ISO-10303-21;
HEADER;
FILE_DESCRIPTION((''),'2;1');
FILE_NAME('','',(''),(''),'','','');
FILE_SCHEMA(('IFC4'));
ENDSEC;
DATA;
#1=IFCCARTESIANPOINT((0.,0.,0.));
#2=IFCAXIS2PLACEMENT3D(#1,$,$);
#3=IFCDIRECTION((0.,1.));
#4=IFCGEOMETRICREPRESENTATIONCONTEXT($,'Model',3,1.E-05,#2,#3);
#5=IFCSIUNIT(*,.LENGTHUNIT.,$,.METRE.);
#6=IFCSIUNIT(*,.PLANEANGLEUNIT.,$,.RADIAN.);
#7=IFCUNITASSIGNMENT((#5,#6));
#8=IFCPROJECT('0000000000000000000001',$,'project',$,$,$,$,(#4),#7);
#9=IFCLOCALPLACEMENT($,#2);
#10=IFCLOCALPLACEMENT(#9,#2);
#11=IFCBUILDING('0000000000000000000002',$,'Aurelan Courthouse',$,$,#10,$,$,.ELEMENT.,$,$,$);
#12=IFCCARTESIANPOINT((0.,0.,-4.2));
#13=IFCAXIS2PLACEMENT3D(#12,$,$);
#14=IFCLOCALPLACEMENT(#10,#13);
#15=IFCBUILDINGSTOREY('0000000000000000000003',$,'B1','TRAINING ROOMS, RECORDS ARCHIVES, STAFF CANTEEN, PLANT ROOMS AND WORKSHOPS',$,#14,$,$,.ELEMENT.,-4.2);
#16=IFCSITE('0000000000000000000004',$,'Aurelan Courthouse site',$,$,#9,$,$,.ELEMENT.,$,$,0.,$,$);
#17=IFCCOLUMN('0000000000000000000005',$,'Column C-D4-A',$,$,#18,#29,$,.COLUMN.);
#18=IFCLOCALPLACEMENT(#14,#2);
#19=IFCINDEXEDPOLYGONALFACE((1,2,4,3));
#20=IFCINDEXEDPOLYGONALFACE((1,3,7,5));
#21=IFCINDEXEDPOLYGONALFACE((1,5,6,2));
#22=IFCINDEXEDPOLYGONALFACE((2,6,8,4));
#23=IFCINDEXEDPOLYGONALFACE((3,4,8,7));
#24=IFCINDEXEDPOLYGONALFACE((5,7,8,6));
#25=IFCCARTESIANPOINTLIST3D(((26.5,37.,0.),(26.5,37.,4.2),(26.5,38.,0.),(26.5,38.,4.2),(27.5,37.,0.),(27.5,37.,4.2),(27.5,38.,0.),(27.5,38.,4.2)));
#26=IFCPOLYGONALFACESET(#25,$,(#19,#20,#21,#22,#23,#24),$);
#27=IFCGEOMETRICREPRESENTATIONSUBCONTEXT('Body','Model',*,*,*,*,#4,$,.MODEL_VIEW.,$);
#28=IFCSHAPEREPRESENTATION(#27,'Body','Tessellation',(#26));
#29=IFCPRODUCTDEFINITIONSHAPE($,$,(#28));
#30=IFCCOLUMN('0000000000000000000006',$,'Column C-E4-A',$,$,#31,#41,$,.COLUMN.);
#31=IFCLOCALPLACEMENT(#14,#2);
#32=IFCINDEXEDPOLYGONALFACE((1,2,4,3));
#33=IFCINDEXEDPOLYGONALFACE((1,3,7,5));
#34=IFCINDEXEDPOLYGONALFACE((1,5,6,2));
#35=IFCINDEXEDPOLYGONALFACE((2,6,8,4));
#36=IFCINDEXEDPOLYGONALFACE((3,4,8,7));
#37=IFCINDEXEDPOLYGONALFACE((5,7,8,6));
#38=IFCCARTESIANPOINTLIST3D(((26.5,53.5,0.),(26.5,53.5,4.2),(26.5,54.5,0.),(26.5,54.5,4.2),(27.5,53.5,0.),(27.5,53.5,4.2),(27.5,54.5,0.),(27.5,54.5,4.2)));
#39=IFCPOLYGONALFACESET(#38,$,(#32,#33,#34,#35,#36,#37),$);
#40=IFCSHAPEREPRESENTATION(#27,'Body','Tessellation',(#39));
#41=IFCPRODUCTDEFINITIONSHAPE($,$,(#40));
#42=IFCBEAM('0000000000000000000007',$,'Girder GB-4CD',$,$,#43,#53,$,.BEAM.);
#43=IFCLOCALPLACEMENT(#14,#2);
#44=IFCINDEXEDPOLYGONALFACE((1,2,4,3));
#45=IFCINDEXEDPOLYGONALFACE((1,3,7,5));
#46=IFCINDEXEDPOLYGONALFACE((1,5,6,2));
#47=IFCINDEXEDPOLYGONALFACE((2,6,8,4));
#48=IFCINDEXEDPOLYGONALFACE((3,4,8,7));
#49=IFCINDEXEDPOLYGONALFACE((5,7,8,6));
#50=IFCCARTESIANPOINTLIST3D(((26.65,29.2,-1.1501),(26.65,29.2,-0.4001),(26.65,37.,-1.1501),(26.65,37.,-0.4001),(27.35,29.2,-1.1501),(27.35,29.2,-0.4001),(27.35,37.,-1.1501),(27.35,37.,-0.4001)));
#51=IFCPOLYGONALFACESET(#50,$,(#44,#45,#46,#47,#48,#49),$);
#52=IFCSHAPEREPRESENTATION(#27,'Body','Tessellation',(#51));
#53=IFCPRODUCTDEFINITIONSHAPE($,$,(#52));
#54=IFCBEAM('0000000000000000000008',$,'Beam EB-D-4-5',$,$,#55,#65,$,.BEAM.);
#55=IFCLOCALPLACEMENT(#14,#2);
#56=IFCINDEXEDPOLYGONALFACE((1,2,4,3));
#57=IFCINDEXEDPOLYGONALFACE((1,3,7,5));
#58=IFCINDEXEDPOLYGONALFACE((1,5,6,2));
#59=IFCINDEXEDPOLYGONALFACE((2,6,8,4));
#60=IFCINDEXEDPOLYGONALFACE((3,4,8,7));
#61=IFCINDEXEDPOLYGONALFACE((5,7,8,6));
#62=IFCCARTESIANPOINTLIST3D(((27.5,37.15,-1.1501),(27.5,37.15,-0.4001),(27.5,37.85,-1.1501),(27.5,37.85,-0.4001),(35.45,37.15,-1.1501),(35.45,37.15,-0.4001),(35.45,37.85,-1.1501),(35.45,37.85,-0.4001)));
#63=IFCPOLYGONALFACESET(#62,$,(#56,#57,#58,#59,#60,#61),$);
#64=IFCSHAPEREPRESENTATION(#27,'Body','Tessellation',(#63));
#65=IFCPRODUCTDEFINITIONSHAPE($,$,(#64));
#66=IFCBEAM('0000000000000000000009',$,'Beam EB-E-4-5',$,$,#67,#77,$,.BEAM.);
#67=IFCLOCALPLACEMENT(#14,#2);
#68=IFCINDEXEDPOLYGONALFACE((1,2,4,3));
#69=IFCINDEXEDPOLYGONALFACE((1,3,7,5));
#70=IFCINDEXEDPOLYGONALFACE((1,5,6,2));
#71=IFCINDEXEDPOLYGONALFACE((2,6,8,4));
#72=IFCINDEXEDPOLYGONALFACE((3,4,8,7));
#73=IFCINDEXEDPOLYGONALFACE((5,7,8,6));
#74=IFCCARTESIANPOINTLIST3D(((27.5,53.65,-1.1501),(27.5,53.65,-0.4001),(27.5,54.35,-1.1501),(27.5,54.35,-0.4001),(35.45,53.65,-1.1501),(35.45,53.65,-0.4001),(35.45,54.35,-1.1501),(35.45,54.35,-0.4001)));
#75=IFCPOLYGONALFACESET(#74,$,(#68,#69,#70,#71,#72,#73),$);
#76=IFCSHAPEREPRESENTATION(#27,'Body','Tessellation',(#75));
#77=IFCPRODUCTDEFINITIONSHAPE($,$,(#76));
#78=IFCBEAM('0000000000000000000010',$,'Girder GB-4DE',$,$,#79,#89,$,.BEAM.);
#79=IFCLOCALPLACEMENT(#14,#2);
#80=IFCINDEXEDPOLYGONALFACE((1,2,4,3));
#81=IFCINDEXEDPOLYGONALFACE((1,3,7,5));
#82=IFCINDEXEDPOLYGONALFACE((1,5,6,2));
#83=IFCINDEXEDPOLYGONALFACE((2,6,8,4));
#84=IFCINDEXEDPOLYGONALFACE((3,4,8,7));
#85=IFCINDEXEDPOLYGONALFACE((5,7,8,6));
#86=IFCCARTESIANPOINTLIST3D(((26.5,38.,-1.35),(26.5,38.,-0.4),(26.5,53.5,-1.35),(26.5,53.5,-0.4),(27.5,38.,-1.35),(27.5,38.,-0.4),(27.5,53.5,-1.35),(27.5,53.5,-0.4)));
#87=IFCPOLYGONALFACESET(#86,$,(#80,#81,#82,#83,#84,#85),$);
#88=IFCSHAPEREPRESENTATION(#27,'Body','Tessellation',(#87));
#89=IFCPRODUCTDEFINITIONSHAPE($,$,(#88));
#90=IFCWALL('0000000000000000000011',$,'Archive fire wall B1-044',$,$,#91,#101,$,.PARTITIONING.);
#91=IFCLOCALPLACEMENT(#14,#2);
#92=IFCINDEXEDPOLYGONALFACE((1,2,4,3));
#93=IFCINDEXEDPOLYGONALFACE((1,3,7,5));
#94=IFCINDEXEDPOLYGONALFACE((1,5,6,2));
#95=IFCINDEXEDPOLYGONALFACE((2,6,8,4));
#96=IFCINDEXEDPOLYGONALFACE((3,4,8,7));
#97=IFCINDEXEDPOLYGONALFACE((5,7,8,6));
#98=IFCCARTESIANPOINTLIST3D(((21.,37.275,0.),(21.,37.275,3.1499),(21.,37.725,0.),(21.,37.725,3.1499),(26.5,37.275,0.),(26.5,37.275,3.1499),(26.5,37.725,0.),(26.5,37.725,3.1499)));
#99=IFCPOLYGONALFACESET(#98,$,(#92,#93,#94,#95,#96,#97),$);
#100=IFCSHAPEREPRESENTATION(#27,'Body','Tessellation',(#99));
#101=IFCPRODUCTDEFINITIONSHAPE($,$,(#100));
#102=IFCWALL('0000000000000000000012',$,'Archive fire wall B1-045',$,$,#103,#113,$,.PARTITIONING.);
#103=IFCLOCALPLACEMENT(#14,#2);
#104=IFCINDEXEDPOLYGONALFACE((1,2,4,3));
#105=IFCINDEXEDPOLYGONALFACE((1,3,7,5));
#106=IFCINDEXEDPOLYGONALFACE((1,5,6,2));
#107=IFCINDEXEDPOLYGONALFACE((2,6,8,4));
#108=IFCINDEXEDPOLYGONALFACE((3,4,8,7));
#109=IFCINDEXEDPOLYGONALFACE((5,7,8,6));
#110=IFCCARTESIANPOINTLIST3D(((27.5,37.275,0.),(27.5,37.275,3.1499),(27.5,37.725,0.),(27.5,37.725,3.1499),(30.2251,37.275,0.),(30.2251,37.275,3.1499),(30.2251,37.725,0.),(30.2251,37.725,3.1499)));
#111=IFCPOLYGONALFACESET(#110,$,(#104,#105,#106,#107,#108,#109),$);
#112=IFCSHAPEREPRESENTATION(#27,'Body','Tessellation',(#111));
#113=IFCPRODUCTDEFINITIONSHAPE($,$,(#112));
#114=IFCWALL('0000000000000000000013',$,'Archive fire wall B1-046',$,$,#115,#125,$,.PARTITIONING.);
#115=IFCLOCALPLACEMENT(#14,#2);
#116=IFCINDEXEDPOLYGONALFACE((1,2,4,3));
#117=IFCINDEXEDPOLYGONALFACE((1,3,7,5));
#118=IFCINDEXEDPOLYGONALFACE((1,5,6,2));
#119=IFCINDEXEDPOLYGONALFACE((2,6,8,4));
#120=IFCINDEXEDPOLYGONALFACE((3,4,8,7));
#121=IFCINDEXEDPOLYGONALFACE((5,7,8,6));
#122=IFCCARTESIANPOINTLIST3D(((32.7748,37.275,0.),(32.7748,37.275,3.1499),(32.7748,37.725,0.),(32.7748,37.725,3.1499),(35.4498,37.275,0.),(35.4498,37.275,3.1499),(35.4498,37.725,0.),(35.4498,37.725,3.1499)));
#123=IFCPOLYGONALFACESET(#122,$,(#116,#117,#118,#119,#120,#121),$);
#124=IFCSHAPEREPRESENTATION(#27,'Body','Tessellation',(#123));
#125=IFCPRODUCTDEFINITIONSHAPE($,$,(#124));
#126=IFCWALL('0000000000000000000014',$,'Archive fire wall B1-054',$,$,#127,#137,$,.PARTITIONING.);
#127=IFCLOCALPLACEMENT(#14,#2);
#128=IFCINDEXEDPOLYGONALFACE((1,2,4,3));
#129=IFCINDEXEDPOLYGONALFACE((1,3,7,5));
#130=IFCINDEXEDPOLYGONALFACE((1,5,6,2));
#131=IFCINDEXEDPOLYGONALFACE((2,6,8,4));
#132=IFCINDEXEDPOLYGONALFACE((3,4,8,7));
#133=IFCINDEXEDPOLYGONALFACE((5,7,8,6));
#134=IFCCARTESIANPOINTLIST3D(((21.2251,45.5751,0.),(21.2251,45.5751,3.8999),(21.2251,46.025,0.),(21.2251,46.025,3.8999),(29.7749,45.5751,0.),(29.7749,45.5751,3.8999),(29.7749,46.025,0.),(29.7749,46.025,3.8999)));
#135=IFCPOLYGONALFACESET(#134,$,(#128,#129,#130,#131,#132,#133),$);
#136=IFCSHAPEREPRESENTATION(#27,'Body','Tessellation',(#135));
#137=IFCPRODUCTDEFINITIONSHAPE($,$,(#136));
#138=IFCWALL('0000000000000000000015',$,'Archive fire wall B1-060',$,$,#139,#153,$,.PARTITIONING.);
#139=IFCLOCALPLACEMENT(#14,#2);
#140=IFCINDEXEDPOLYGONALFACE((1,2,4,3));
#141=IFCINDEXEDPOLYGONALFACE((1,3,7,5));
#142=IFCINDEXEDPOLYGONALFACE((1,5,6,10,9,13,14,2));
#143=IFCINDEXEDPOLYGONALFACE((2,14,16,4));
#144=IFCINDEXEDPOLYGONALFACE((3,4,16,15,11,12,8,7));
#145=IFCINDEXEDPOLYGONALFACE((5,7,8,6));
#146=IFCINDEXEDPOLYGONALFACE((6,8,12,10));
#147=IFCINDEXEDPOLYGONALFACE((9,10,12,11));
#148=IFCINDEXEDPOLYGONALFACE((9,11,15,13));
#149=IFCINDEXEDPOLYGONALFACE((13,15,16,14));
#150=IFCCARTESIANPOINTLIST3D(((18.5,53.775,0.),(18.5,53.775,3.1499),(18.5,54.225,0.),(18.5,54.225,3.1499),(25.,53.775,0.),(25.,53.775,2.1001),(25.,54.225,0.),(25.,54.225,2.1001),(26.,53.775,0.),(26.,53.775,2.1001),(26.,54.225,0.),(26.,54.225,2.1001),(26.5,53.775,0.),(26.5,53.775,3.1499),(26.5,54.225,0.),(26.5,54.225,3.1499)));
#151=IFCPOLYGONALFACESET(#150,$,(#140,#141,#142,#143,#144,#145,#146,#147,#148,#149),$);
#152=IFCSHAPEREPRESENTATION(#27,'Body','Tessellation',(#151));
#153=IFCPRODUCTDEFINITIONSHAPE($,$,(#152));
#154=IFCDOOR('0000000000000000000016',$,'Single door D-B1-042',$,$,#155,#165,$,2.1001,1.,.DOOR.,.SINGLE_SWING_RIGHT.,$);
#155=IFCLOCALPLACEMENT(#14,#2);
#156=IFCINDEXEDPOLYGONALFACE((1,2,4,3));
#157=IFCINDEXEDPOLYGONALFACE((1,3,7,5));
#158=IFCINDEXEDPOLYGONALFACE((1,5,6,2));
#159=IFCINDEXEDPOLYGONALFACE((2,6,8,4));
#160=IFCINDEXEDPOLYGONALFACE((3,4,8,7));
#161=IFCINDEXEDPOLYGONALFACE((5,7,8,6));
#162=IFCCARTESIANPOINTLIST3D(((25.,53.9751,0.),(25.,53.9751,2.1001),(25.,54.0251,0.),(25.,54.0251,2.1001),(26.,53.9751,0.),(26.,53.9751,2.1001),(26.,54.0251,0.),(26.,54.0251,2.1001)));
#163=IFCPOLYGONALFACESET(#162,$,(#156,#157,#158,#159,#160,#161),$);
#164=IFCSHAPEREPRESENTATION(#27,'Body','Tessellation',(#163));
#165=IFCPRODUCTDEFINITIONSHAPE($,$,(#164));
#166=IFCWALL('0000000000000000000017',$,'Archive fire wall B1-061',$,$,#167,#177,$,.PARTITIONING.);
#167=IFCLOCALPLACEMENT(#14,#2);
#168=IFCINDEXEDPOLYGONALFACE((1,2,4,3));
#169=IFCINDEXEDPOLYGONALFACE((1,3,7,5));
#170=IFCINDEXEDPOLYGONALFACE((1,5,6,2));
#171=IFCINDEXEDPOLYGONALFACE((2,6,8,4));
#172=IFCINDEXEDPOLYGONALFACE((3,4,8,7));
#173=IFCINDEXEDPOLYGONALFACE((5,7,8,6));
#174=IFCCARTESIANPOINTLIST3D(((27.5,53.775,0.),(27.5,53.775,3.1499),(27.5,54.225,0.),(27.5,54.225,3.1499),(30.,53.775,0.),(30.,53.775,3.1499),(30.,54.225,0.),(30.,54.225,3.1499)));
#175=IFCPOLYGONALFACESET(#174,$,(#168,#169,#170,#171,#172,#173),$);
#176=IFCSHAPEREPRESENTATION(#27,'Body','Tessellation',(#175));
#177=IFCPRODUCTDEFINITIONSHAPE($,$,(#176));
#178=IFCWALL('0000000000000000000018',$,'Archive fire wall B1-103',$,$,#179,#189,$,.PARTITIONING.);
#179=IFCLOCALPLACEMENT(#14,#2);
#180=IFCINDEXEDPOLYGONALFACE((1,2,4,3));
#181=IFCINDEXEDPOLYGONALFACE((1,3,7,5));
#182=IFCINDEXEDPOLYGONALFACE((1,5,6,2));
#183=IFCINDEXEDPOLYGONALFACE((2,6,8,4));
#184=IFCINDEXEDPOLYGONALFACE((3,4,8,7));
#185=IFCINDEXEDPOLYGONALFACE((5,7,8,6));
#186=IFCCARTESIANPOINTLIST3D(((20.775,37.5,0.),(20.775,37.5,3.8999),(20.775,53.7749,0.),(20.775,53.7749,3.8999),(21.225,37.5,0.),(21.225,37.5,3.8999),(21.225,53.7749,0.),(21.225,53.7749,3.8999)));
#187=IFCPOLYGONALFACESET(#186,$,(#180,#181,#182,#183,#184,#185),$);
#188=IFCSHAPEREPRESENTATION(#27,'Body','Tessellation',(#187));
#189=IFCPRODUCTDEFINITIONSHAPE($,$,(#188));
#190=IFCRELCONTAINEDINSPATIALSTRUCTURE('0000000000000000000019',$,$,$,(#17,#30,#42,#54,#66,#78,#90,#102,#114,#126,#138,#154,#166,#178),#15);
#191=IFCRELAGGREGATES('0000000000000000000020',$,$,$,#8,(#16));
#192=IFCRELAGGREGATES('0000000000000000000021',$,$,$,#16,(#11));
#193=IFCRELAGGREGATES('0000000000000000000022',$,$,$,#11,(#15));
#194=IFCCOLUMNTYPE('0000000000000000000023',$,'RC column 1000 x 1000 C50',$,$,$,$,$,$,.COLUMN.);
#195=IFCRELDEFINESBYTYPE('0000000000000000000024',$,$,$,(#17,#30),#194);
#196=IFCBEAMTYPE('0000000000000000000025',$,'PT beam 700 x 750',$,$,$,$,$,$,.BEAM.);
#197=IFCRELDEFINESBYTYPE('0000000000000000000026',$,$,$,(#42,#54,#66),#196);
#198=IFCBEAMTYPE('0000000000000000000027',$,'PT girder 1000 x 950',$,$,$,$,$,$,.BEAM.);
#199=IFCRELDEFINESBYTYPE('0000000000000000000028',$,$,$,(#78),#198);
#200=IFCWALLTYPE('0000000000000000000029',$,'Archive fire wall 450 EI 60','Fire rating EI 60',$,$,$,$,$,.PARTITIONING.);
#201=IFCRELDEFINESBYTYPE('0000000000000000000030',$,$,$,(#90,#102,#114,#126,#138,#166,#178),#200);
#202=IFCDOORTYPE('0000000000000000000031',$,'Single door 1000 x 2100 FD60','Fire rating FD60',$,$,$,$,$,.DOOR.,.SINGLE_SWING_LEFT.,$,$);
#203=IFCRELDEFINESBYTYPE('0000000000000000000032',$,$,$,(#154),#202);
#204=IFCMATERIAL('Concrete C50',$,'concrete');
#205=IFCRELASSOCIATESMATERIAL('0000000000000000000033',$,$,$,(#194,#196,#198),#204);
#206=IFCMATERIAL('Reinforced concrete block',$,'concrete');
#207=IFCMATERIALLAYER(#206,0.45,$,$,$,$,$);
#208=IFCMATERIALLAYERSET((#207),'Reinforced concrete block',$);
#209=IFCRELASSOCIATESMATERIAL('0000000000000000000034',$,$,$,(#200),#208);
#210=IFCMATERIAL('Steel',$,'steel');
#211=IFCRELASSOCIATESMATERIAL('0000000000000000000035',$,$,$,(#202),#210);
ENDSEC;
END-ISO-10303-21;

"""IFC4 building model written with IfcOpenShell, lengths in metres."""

from ifc_helpers import new_model, si_unit, direction, frame, frame_2d, origin, origin_2d, place, context, subcontext, project, spatial, rectangle, extrude, material, layer, layer_set, material_profile, profile_set, type_object, element, fill, save


model = new_model("IFC4")

# Units and contexts
model_context = context("Model", 3, precision=1e-05, world=origin(), true_north=direction((0.0, 1.0)))
body_context = subcontext(model_context, "Body", "Model", "MODEL_VIEW")
ifc_project = project(units=[si_unit("LENGTHUNIT", "METRE"), si_unit("PLANEANGLEUNIT", "RADIAN")], contexts=[model_context])

# Site, building, storey
site_placement = place(None, origin())
site = spatial("IfcSite", under=ifc_project, at=site_placement, Name="Aurelan Courthouse site", CompositionType="ELEMENT", RefElevation=0.0)
building_placement = place(site_placement, origin())
building = spatial("IfcBuilding", under=site, at=building_placement, Name="Aurelan Courthouse", CompositionType="ELEMENT")
storey_placement = place(building_placement, frame((0.0, 0.0, -4.2)))
storey = spatial("IfcBuildingStorey", under=building, at=storey_placement, Name="B1", Description="TRAINING ROOMS, RECORDS ARCHIVES, STAFF CANTEEN, PLANT ROOMS AND WORKSHOPS", CompositionType="ELEMENT", Elevation=-4.2)

# Columns
ifc_material_1 = material(Name="Concrete C50", Category="concrete")
ifc_material_profile_1 = material_profile(ifc_material_1, rectangle(XDim=1.0, YDim=1.0, at=origin_2d()), Name="RC 1000 x 1000")
ifc_profile_set_1 = profile_set([ifc_material_profile_1], Name="Concrete C50")
column_type = type_object("IfcColumnType", Name="RC column 1000 x 1000 C50", PredefinedType="COLUMN", material=ifc_profile_set_1)
for number, where, z_axis, x_axis, name in (
    (1, (27.0, 37.5, 0.0), (0.0, 0.0, 1.0), (1.0, 0.0, 0.0), "Column C-D4-A"),
    (2, (27.0, 54.0, 0.0), (0.0, 0.0, 1.0), (1.0, 0.0, 0.0), "Column C-E4-A"),
):
    element("IfcColumn", number, at=place(storey_placement, frame(where, z_axis=z_axis, x_axis=x_axis)), inside=storey, type_object=column_type, Name=name, PredefinedType="COLUMN", context=body_context, shape_type="SweptSolid", body=[
        extrude(rectangle(XDim=1.0, YDim=1.0, at=origin_2d()), origin(), (0.0, 0.0, 1.0), 4.2),
    ])

# Beams
ifc_material_profile_2 = material_profile(ifc_material_1, rectangle(XDim=0.7, YDim=0.75, at=origin_2d()), Name="RC 700 x 750")
ifc_profile_set_2 = profile_set([ifc_material_profile_2], Name="Concrete C50")
beam_type_1 = type_object("IfcBeamType", Name="PT beam 700 x 750", PredefinedType="BEAM", material=ifc_profile_set_2)
beam_1_placement = place(storey_placement, frame((27.0, 29.2, -0.7751), z_axis=(0.0, 1.0, 0.0), x_axis=(-1.0, 0.0, 0.0)))
element("IfcBeam", 3, at=beam_1_placement, inside=storey, type_object=beam_type_1, Name="Girder GB-4CD", PredefinedType="BEAM", context=body_context, shape_type="SweptSolid", body=[
    extrude(rectangle(XDim=0.7, YDim=0.75, at=origin_2d()), origin(), (0.0, 0.0, 1.0), 7.8),
])
for number, where, z_axis, x_axis, name in (
    (4, (27.5, 37.5, -0.7751), (1.0, 0.0, 0.0), (0.0, 1.0, 0.0), "Beam EB-D-4-5"),
    (5, (27.5, 54.0, -0.7751), (1.0, 0.0, 0.0), (0.0, 1.0, 0.0), "Beam EB-E-4-5"),
):
    element("IfcBeam", number, at=place(storey_placement, frame(where, z_axis=z_axis, x_axis=x_axis)), inside=storey, type_object=beam_type_1, Name=name, PredefinedType="BEAM", context=body_context, shape_type="SweptSolid", body=[
        extrude(rectangle(XDim=0.7, YDim=0.75, at=origin_2d()), origin(), (0.0, 0.0, 1.0), 7.95),
    ])
ifc_material_profile_3 = material_profile(ifc_material_1, rectangle(XDim=1.0, YDim=0.95, at=origin_2d()), Name="RC 1000 x 950")
ifc_profile_set_3 = profile_set([ifc_material_profile_3], Name="Concrete C50")
beam_type_2 = type_object("IfcBeamType", Name="PT girder 1000 x 950", PredefinedType="BEAM", material=ifc_profile_set_3)
beam_2_placement = place(storey_placement, frame((27.0, 38.0, -0.875), z_axis=(0.0, 1.0, 0.0), x_axis=(-1.0, 0.0, 0.0)))
element("IfcBeam", 6, at=beam_2_placement, inside=storey, type_object=beam_type_2, Name="Girder GB-4DE", PredefinedType="BEAM", context=body_context, shape_type="SweptSolid", body=[
    extrude(rectangle(XDim=1.0, YDim=0.95, at=origin_2d()), origin(), (0.0, 0.0, 1.0), 15.5),
])

# Walls
ifc_material_2 = material(Name="Reinforced concrete block", Category="concrete")
ifc_layer_1 = layer(ifc_material_2, 0.45)
ifc_layer_set_1 = layer_set([ifc_layer_1], Name="Reinforced concrete block")
wall_type_1 = type_object("IfcWallType", Name="Archive fire wall 450 EI 60", Description="Fire rating EI 60", PredefinedType="PARTITIONING", material=ifc_layer_set_1)
wall_1_placement = place(storey_placement, frame((21.0, 37.5, 0.0), z_axis=(0.0, 0.0, 1.0), x_axis=(1.0, 0.0, 0.0)))
element("IfcWall", 7, at=wall_1_placement, inside=storey, type_object=wall_type_1, Name="Archive fire wall B1-044", PredefinedType="PARTITIONING", context=body_context, shape_type="SweptSolid", body=[
    extrude(rectangle(XDim=5.5, YDim=0.45, at=frame_2d((2.75, 0.0))), origin(), (0.0, 0.0, 1.0), 3.1499),
])
wall_2_placement = place(storey_placement, frame((27.5, 37.5, 0.0), z_axis=(0.0, 0.0, 1.0), x_axis=(1.0, 0.0, 0.0)))
element("IfcWall", 8, at=wall_2_placement, inside=storey, type_object=wall_type_1, Name="Archive fire wall B1-045", PredefinedType="PARTITIONING", context=body_context, shape_type="SweptSolid", body=[
    extrude(rectangle(XDim=2.7251, YDim=0.45, at=frame_2d((1.3625, 0.0))), origin(), (0.0, 0.0, 1.0), 3.1499),
])
wall_3_placement = place(storey_placement, frame((32.7749, 37.5, 0.0), z_axis=(0.0, 0.0, 1.0), x_axis=(1.0, 0.0, 0.0)))
element("IfcWall", 9, at=wall_3_placement, inside=storey, type_object=wall_type_1, Name="Archive fire wall B1-046", PredefinedType="PARTITIONING", context=body_context, shape_type="SweptSolid", body=[
    extrude(rectangle(XDim=2.675, YDim=0.45, at=frame_2d((1.3374, 0.0))), origin(), (0.0, 0.0, 1.0), 3.1499),
])
wall_4_placement = place(storey_placement, frame((21.2251, 45.8, 0.0), z_axis=(0.0, 0.0, 1.0), x_axis=(1.0, 0.0, 0.0)))
element("IfcWall", 10, at=wall_4_placement, inside=storey, type_object=wall_type_1, Name="Archive fire wall B1-054", PredefinedType="PARTITIONING", context=body_context, shape_type="SweptSolid", body=[
    extrude(rectangle(XDim=8.5498, YDim=0.45, at=frame_2d((4.2749, 0.0))), origin(), (0.0, 0.0, 1.0), 3.8999),
])

# Wall, opening, door
wall_5_placement = place(storey_placement, frame((18.5, 54.0, 0.0), z_axis=(0.0, 0.0, 1.0), x_axis=(1.0, 0.0, 0.0)))
wall_5 = element("IfcWall", 11, at=wall_5_placement, inside=storey, type_object=wall_type_1, Name="Archive fire wall B1-060", PredefinedType="PARTITIONING", context=body_context, shape_type="SweptSolid", body=[
    extrude(rectangle(XDim=8.0, YDim=0.45, at=frame_2d((4.0, 0.0))), origin(), (0.0, 0.0, 1.0), 3.1499),
])
opening_1_placement = place(wall_5_placement, frame((7.5, 0.0, 0.0), z_axis=(0.0, 0.0, 1.0), x_axis=(-1.0, 0.0, 0.0)))
opening_1 = element("IfcOpeningElement", 12, at=opening_1_placement, cuts=wall_5, PredefinedType="OPENING", context=body_context, shape_type="SweptSolid", body=[
    extrude(rectangle(XDim=1.0, YDim=2.1001, at=frame_2d((0.5, 1.05))), frame((0.0, 0.2349, 0.0), z_axis=(0.0, -1.0, 0.0), x_axis=(1.0, 0.0, 0.0)), (0.0, 0.0, 1.0), 0.47),
])
ifc_material_3 = material(Name="Steel", Category="steel")
door_type_1 = type_object("IfcDoorType", Name="Single door 1000 x 2100 FD60", Description="Fire rating FD60", OperationType="SINGLE_SWING_LEFT", PredefinedType="DOOR", material=ifc_material_3)
door_1_placement = place(opening_1_placement, origin())
door_1 = element("IfcDoor", 13, at=door_1_placement, inside=storey, type_object=door_type_1, Name="Single door D-B1-042", OperationType="SINGLE_SWING_RIGHT", OverallHeight=2.1001, OverallWidth=1.0, PredefinedType="DOOR", context=body_context, shape_type="SweptSolid", body=[
    extrude(rectangle(XDim=1.0, YDim=2.1001, at=frame_2d((0.5, 1.05))), frame((0.0, 0.0249, 0.0), z_axis=(0.0, -1.0, 0.0), x_axis=(1.0, 0.0, 0.0)), (0.0, 0.0, 1.0), 0.05),
])
fill(opening_1, door_1)

# Walls
wall_6_placement = place(storey_placement, frame((27.5, 54.0, 0.0), z_axis=(0.0, 0.0, 1.0), x_axis=(1.0, 0.0, 0.0)))
element("IfcWall", 14, at=wall_6_placement, inside=storey, type_object=wall_type_1, Name="Archive fire wall B1-061", PredefinedType="PARTITIONING", context=body_context, shape_type="SweptSolid", body=[
    extrude(rectangle(XDim=2.5, YDim=0.45, at=frame_2d((1.25, 0.0))), origin(), (0.0, 0.0, 1.0), 3.1499),
])
wall_7_placement = place(storey_placement, frame((21.0, 37.5, 0.0), z_axis=(0.0, 0.0, 1.0), x_axis=(0.0, 1.0, 0.0)))
element("IfcWall", 15, at=wall_7_placement, inside=storey, type_object=wall_type_1, Name="Archive fire wall B1-103", PredefinedType="PARTITIONING", context=body_context, shape_type="SweptSolid", body=[
    extrude(rectangle(XDim=16.2749, YDim=0.45, at=frame_2d((8.1375, 0.0))), origin(), (0.0, 0.0, 1.0), 3.8999),
])

save(model, "model.ifc")
